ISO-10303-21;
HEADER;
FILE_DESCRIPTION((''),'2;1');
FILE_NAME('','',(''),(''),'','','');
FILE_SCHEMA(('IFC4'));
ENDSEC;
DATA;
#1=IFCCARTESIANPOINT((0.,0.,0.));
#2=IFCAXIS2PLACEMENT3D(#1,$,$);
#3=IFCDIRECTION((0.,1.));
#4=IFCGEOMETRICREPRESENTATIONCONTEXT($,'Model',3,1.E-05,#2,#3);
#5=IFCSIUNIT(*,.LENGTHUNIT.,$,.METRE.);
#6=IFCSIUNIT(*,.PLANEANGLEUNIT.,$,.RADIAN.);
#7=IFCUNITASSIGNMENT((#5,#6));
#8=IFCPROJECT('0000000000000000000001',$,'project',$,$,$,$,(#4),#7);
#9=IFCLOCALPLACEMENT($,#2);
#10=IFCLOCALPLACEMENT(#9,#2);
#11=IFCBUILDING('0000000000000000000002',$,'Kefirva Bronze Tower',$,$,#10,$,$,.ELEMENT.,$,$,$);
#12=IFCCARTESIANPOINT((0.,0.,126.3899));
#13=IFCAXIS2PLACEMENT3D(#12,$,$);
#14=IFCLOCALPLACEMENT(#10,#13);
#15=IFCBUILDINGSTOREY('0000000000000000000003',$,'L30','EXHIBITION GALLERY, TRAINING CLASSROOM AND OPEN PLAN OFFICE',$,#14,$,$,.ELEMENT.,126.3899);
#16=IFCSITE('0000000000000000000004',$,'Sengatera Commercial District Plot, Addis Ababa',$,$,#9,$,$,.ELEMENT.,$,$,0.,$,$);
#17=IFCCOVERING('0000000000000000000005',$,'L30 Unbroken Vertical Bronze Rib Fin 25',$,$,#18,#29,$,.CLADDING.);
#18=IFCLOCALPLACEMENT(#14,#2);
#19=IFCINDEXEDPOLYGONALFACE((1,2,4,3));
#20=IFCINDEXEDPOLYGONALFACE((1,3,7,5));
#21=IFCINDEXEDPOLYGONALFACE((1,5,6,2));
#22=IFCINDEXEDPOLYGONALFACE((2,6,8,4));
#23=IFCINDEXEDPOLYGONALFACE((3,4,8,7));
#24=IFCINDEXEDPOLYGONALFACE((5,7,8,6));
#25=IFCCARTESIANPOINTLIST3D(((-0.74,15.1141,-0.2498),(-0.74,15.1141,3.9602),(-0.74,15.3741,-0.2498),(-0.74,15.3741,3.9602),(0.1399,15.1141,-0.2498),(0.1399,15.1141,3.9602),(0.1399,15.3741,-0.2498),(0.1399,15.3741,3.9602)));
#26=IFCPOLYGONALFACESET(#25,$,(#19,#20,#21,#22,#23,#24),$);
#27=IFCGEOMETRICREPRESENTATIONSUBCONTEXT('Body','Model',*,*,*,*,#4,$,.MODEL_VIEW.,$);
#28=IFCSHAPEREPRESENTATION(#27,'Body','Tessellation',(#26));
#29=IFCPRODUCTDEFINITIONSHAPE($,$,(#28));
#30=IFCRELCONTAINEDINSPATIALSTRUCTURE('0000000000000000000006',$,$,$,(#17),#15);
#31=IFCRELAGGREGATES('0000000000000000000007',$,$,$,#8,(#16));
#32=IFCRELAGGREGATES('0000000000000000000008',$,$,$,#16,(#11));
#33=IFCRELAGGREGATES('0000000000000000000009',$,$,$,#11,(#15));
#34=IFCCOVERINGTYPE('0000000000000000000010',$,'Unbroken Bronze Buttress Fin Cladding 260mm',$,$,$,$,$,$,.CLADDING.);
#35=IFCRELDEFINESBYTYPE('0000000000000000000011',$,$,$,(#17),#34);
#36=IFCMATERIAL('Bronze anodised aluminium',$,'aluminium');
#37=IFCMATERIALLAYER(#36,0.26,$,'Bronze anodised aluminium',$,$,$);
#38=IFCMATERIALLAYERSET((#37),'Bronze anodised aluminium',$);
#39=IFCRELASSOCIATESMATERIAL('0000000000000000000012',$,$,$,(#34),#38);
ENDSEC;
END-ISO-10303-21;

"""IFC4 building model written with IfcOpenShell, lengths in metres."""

from ifc_helpers import new_model, si_unit, direction, frame, origin, origin_2d, place, context, subcontext, project, spatial, rectangle, extrude, material, layer, layer_set, type_object, element, save


model = new_model("IFC4")

# Units and contexts
model_context = context("Model", 3, precision=1e-05, world=origin(), true_north=direction((0.0, 1.0)))
body_context = subcontext(model_context, "Body", "Model", "MODEL_VIEW")
ifc_project = project(units=[si_unit("LENGTHUNIT", "METRE"), si_unit("PLANEANGLEUNIT", "RADIAN")], contexts=[model_context])

# Site, building, storey
site_placement = place(None, origin())
site = spatial("IfcSite", under=ifc_project, at=site_placement, Name="Sengatera Commercial District Plot, Addis Ababa", CompositionType="ELEMENT", RefElevation=0.0)
building_placement = place(site_placement, origin())
building = spatial("IfcBuilding", under=site, at=building_placement, Name="Kefirva Bronze Tower", CompositionType="ELEMENT")
storey_placement = place(building_placement, frame((0.0, 0.0, 126.3899)))
storey = spatial("IfcBuildingStorey", under=building, at=storey_placement, Name="L30", Description="EXHIBITION GALLERY, TRAINING CLASSROOM AND OPEN PLAN OFFICE", CompositionType="ELEMENT", Elevation=126.3899)

# Shared definitions
ifc_material_1 = material(Name="Bronze anodised aluminium", Category="aluminium")

# Covering
ifc_layer_1 = layer(ifc_material_1, 0.26, Name="Bronze anodised aluminium")
ifc_layer_set_1 = layer_set([ifc_layer_1], Name="Bronze anodised aluminium")
covering_type_1 = type_object("IfcCoveringType", Name="Unbroken Bronze Buttress Fin Cladding 260mm", PredefinedType="CLADDING", material=ifc_layer_set_1)
covering_1_placement = place(storey_placement, frame((-0.3, 15.2441, -0.2498), z_axis=(0.0, 0.0, 1.0), x_axis=(0.0, -1.0, 0.0)))
element("IfcCovering", 1, at=covering_1_placement, inside=storey, type_object=covering_type_1, Name="L30 Unbroken Vertical Bronze Rib Fin 25", PredefinedType="CLADDING", context=body_context, shape_type="SweptSolid", body=[
    extrude(rectangle(XDim=0.26, YDim=0.8799, at=origin_2d()), origin(), (0.0, 0.0, 1.0), 4.21),
])

save(model, "model.ifc")
